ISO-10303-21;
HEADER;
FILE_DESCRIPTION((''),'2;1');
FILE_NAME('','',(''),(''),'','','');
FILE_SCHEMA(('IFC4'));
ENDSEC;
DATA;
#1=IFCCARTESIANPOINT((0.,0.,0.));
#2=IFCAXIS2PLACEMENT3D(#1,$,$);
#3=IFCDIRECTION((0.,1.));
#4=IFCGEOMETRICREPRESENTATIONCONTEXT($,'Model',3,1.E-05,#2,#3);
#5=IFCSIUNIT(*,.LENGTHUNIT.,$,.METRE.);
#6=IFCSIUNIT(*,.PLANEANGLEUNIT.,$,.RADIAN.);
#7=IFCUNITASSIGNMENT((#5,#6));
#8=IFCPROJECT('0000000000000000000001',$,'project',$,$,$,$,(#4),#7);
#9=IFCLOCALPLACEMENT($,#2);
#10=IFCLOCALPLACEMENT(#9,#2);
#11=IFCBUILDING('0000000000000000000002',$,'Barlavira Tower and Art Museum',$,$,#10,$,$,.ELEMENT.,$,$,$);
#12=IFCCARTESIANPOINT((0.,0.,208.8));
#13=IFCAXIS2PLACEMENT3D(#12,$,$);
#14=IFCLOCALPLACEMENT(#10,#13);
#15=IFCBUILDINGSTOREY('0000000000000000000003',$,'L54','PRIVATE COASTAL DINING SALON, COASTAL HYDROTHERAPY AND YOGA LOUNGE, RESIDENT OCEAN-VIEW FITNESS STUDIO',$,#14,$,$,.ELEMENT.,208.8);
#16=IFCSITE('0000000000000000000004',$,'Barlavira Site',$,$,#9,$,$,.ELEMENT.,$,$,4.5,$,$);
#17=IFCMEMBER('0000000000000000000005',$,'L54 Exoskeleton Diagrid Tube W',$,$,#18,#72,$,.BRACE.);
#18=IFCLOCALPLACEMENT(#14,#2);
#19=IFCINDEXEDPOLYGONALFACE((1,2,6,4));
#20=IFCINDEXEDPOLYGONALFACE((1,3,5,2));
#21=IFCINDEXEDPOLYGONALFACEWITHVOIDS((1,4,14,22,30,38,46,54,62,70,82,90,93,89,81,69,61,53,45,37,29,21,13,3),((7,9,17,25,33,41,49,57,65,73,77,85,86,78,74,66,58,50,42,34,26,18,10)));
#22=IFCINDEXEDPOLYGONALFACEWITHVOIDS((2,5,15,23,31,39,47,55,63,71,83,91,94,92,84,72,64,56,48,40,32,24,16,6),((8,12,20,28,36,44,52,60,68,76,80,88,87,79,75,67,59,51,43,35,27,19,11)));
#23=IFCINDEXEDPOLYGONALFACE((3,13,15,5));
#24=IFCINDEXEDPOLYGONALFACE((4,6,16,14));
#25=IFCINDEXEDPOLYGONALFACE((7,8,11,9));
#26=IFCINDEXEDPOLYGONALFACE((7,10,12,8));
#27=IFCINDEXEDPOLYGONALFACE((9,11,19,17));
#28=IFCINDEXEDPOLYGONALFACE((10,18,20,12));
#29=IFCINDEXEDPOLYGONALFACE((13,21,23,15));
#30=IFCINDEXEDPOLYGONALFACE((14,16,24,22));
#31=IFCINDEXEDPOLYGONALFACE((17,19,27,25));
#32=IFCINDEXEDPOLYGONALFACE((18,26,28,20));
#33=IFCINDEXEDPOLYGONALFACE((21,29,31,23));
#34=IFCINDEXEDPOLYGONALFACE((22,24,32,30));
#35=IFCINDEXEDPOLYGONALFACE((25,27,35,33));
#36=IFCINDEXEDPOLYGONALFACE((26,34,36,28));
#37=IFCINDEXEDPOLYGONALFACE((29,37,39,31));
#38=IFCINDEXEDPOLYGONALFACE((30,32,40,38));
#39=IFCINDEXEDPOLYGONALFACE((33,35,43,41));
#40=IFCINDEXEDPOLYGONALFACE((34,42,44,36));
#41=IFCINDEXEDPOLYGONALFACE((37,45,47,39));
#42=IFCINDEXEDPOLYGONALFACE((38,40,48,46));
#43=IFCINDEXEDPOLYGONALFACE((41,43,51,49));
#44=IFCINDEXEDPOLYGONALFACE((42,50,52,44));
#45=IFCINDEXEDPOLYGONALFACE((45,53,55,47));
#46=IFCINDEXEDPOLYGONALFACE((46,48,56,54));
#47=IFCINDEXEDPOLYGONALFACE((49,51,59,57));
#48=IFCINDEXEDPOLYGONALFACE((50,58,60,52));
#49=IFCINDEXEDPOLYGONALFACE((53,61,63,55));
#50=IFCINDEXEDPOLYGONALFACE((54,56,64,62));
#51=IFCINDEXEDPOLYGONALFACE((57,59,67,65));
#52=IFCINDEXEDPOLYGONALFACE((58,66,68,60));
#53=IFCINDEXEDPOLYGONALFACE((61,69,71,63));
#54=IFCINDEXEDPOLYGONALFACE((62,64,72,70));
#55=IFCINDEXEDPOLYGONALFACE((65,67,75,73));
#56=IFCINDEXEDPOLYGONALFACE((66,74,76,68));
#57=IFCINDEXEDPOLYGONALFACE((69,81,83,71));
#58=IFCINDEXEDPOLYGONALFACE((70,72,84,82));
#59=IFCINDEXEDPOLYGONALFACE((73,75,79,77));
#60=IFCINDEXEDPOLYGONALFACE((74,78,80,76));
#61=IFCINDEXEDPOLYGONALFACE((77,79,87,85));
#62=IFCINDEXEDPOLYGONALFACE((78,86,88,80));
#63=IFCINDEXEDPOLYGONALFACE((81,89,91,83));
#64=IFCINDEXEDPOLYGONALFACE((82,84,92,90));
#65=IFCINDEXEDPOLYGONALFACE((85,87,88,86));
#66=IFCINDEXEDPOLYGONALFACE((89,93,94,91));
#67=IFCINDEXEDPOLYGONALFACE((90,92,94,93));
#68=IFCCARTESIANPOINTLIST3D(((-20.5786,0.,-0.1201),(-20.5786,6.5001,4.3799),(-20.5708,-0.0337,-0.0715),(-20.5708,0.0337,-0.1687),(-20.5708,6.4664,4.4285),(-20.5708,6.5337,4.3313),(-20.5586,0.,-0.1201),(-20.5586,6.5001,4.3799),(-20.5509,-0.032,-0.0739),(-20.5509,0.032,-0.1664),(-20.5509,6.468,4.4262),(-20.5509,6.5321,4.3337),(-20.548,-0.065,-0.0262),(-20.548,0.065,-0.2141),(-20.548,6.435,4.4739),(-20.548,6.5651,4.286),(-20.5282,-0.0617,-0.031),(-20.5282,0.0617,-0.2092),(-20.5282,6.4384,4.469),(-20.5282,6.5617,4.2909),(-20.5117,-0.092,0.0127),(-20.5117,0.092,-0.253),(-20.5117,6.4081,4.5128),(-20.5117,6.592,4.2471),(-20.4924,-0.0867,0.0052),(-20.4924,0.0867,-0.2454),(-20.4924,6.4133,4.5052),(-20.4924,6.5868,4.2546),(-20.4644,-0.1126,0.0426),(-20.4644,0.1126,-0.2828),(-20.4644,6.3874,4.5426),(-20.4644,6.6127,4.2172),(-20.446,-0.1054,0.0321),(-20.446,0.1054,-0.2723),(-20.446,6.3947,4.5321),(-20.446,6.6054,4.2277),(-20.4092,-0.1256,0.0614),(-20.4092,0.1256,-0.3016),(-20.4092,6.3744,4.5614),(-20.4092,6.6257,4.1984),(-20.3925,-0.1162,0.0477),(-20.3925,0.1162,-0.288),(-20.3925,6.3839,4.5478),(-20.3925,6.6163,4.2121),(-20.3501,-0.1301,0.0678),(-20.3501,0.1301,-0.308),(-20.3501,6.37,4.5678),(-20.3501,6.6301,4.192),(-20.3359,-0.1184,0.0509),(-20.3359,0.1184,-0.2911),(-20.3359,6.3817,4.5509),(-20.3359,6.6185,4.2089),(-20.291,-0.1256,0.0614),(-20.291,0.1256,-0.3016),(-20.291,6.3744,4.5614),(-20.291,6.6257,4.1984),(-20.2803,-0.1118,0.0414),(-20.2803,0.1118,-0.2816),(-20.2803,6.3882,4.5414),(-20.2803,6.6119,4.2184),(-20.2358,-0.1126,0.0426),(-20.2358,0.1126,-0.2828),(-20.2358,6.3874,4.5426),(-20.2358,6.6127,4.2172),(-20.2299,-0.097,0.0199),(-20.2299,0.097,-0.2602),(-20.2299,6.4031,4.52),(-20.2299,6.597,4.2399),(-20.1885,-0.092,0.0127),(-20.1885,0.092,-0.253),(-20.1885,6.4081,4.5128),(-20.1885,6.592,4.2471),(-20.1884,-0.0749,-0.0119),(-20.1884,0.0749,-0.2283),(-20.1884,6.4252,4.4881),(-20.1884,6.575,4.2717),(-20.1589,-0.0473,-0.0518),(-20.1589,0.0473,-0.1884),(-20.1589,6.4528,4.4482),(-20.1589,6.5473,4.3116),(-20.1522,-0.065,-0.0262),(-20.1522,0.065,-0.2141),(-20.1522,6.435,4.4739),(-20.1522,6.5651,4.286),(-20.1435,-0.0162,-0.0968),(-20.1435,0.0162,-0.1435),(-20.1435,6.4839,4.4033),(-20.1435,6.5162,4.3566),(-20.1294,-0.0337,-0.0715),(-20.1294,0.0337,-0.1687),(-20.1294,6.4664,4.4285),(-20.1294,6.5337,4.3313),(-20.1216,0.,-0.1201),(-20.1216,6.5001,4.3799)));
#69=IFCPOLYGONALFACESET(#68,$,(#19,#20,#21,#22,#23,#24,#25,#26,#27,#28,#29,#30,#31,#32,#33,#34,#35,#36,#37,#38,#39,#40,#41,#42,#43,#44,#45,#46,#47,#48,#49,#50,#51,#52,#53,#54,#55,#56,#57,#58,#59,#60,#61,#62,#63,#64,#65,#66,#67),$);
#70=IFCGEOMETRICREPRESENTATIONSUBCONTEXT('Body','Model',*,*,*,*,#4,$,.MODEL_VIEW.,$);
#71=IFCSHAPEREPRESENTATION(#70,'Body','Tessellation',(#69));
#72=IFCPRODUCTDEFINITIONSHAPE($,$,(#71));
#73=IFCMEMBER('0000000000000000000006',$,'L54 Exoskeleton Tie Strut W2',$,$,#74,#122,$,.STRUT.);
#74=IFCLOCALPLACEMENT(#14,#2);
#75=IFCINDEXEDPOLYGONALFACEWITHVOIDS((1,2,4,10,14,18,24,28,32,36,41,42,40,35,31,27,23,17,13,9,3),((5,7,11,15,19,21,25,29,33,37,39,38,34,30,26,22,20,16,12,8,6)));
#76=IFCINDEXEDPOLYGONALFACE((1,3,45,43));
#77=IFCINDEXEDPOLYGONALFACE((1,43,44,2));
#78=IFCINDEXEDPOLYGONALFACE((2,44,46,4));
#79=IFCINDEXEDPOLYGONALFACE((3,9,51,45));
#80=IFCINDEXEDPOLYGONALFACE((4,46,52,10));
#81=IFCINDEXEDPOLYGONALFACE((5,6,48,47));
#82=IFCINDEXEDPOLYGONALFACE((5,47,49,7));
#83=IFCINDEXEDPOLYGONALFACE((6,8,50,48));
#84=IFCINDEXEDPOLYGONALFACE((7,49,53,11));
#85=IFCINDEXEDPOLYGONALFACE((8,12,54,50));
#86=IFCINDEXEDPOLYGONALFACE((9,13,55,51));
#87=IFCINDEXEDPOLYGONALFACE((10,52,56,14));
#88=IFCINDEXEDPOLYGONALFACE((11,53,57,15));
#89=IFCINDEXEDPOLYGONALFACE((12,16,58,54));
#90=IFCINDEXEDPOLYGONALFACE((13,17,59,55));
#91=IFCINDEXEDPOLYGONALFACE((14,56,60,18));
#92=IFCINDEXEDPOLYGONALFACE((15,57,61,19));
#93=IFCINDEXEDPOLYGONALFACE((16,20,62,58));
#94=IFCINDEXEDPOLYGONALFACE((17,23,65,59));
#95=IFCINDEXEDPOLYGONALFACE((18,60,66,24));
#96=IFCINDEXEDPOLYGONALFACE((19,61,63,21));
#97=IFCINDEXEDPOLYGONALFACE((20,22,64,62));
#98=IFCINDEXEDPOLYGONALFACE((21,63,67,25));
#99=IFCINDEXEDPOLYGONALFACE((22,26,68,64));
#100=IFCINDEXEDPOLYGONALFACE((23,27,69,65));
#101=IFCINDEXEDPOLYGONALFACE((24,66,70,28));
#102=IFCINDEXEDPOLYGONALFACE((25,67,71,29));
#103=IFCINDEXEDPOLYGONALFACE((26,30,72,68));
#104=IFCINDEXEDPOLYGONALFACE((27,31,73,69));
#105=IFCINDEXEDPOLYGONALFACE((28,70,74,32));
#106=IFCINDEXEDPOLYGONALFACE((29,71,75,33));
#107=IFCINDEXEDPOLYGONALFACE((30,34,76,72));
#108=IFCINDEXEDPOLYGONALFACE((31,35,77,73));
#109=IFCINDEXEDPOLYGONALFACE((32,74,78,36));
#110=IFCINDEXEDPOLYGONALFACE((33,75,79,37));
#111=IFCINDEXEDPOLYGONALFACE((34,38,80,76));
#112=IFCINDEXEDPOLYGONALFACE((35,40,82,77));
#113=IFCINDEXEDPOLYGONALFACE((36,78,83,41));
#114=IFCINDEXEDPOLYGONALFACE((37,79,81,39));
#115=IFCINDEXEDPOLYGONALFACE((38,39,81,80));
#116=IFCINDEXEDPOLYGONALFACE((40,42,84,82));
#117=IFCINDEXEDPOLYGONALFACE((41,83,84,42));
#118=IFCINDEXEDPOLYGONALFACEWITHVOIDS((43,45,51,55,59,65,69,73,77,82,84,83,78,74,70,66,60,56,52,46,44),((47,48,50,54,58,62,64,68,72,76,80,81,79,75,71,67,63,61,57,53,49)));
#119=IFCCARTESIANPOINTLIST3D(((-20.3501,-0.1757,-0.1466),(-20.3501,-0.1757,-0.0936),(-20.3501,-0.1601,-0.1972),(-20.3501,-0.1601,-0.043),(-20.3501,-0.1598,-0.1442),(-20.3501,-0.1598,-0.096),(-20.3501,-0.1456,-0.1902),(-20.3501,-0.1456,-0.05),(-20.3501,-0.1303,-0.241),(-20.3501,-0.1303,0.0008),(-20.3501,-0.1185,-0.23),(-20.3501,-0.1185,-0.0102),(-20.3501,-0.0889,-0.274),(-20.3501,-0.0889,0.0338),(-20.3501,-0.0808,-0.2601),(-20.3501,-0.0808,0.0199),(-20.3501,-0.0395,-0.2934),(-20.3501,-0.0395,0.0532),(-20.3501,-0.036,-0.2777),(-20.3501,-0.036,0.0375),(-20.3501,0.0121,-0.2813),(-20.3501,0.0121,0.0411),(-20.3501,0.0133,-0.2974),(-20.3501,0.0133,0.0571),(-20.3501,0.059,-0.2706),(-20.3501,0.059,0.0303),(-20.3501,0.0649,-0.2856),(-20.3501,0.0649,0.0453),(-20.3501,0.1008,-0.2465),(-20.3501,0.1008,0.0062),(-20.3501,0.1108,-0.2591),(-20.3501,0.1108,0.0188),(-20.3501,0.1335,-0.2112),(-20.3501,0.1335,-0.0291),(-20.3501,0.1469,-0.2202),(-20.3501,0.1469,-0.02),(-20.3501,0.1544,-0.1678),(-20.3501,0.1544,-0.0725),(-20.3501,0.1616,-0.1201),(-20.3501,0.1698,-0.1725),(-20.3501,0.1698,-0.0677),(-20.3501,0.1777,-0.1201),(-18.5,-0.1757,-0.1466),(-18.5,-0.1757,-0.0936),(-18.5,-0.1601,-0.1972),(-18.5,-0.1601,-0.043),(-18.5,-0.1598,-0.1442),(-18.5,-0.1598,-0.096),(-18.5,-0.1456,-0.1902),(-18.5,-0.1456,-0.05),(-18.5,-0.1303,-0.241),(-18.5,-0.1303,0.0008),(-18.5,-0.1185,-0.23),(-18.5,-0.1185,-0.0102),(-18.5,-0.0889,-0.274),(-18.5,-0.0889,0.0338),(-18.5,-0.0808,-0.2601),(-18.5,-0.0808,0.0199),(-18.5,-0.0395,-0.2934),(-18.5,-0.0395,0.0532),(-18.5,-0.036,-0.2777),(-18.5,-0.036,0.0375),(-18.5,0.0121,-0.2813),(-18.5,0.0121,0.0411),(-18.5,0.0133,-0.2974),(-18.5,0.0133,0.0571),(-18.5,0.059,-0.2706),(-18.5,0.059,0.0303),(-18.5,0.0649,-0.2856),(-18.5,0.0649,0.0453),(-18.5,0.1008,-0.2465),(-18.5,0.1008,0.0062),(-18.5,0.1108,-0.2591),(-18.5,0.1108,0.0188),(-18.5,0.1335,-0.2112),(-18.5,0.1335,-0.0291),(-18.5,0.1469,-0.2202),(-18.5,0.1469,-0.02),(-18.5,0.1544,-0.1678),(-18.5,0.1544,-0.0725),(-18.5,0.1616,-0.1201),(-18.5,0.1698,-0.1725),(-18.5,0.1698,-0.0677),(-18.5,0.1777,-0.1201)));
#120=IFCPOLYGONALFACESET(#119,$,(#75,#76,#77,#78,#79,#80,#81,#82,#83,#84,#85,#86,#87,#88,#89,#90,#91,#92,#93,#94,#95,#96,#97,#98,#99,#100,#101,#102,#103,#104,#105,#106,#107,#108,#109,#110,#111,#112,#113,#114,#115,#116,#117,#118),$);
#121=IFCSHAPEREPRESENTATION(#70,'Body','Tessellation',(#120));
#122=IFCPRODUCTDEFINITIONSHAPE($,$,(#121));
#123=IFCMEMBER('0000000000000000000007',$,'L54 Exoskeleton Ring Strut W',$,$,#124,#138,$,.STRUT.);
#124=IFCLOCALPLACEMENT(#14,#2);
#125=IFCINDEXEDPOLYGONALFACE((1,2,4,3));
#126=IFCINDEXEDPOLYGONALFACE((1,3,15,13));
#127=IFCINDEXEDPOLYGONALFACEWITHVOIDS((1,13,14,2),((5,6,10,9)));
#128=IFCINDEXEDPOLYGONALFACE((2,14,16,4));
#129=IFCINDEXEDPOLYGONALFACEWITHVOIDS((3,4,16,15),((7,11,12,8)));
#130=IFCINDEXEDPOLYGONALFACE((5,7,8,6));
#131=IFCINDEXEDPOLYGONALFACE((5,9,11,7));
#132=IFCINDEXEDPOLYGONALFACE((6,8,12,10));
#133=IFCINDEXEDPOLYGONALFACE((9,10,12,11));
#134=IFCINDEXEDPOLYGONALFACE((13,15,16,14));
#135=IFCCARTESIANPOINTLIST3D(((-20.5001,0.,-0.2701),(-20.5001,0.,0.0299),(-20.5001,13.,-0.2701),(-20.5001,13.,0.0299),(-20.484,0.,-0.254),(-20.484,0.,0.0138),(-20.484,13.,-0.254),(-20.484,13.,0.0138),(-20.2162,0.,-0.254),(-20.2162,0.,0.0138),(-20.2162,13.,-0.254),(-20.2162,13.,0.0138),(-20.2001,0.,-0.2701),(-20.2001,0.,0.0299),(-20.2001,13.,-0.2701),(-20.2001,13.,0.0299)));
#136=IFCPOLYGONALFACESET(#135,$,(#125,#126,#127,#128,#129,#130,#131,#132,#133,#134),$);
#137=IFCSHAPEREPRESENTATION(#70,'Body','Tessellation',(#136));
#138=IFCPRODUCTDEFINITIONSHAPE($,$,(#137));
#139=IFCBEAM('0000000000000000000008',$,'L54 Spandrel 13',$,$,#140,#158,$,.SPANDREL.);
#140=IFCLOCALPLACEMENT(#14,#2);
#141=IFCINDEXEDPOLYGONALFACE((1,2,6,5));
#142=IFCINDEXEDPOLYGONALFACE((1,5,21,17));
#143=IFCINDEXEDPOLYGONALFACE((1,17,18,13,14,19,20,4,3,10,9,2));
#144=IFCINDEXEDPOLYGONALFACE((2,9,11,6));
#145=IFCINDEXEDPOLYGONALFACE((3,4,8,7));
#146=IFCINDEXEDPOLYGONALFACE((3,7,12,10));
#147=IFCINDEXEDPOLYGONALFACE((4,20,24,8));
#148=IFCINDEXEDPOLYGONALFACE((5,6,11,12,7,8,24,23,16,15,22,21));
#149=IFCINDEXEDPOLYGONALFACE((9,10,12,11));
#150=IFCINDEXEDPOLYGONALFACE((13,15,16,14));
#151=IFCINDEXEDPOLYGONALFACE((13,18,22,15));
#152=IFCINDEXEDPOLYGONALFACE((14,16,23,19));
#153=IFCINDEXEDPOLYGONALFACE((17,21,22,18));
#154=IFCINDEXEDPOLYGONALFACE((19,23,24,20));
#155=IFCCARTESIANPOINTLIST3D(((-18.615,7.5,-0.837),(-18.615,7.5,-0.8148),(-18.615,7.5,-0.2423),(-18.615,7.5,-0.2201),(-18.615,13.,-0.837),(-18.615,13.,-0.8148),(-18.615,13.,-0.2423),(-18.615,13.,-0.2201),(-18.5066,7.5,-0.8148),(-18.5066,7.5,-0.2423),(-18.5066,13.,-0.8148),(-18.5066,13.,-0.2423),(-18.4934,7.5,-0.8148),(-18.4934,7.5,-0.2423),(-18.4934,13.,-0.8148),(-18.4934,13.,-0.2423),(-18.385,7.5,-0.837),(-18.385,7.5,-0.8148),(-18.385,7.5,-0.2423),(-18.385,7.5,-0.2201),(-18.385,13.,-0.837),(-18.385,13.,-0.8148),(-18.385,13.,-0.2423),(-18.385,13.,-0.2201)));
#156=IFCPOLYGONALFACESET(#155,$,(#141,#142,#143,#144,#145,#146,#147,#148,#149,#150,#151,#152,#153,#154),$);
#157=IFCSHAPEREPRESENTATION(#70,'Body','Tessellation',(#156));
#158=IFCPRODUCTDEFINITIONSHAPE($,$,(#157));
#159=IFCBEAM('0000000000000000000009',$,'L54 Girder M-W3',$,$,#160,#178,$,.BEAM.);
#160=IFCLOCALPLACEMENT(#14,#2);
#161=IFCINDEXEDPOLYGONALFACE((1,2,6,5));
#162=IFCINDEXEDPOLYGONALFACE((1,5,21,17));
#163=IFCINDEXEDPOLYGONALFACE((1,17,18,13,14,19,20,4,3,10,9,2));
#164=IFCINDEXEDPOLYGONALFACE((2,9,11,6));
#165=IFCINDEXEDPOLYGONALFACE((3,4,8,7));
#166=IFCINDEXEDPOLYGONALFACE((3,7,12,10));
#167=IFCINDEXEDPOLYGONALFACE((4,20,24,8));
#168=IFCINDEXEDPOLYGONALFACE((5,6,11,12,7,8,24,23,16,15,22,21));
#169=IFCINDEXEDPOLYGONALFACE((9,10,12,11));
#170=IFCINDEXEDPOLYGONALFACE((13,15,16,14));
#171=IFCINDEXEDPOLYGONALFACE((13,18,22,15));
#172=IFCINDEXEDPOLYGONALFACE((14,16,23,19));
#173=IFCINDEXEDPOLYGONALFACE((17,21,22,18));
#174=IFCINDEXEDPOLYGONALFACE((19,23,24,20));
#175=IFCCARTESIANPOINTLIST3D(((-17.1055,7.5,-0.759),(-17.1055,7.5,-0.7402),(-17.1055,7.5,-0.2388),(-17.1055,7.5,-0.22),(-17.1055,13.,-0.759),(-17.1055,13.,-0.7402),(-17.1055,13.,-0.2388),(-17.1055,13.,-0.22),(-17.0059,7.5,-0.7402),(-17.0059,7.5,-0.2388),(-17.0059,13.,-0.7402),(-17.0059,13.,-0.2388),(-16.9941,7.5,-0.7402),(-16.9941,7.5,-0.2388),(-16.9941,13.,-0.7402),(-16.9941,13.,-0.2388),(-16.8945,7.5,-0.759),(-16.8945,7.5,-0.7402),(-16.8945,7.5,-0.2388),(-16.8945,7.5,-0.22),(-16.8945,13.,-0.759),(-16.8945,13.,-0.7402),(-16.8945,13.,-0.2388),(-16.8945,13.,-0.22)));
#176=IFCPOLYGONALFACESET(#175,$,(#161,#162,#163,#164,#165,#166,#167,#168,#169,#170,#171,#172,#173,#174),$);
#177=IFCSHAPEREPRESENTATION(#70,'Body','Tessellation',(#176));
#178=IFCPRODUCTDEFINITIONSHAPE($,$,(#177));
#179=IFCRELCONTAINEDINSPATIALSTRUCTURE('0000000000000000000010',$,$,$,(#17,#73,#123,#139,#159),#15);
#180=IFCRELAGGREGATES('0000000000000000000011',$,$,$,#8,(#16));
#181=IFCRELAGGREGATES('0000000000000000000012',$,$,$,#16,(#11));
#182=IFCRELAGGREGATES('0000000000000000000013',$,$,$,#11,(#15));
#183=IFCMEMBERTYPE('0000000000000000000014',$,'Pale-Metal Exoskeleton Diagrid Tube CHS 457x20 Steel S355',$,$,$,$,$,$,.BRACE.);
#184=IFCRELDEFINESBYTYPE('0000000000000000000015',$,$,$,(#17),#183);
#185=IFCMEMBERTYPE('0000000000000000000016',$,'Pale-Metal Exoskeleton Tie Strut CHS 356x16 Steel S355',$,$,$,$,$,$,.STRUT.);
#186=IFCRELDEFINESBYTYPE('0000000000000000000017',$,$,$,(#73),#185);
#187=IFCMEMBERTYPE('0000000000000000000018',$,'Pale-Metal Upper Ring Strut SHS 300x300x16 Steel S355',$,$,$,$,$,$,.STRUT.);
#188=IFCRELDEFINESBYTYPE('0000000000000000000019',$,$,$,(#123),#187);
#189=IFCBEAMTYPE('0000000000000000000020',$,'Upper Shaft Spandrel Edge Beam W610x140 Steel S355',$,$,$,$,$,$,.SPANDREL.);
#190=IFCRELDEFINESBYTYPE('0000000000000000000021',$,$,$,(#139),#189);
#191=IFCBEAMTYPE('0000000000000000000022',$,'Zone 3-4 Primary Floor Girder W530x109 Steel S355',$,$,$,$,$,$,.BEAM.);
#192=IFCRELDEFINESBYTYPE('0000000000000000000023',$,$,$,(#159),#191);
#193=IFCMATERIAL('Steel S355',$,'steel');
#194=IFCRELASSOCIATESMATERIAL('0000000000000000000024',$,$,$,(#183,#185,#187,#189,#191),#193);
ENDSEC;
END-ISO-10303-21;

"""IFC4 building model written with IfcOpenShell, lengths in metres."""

from ifc_helpers import new_model, si_unit, direction, frame, origin, origin_2d, place, context, subcontext, project, spatial, hollow_rectangle, hollow_circle, i_section, extrude, material, material_profile, profile_set, type_object, element, save


model = new_model("IFC4")

# Units and contexts
model_context = context("Model", 3, precision=1e-05, world=origin(), true_north=direction((0.0, 1.0)))
body_context = subcontext(model_context, "Body", "Model", "MODEL_VIEW")
ifc_project = project(units=[si_unit("LENGTHUNIT", "METRE"), si_unit("PLANEANGLEUNIT", "RADIAN")], contexts=[model_context])

# Site, building, storey
site_placement = place(None, origin())
site = spatial("IfcSite", under=ifc_project, at=site_placement, Name="Barlavira Site", CompositionType="ELEMENT", RefElevation=4.5)
building_placement = place(site_placement, origin())
building = spatial("IfcBuilding", under=site, at=building_placement, Name="Barlavira Tower and Art Museum", CompositionType="ELEMENT")
storey_placement = place(building_placement, frame((0.0, 0.0, 208.8)))
storey = spatial("IfcBuildingStorey", under=building, at=storey_placement, Name="L54", Description="PRIVATE COASTAL DINING SALON, COASTAL HYDROTHERAPY AND YOGA LOUNGE, RESIDENT OCEAN-VIEW FITNESS STUDIO", CompositionType="ELEMENT", Elevation=208.8)

# Members
ifc_material_1 = material(Name="Steel S355", Category="steel")
ifc_material_profile_1 = material_profile(ifc_material_1, hollow_circle(Radius=0.2285, WallThickness=0.02, at=origin_2d()), Name="CHS 457.0x20.0")
ifc_profile_set_1 = profile_set([ifc_material_profile_1], Name="Steel S355")
member_type_1 = type_object("IfcMemberType", Name="Pale-Metal Exoskeleton Diagrid Tube CHS 457x20 Steel S355", PredefinedType="BRACE", material=ifc_profile_set_1)
member_1_placement = place(storey_placement, frame((-20.3501, 0.0, -0.1201), z_axis=(0.0, 0.822192, 0.56921), x_axis=(-1.0, 0.0, 0.0)))
element("IfcMember", 1, at=member_1_placement, inside=storey, type_object=member_type_1, Name="L54 Exoskeleton Diagrid Tube W", PredefinedType="BRACE", context=body_context, shape_type="SweptSolid", body=[
    extrude(hollow_circle(Radius=0.2285, WallThickness=0.02, at=origin_2d()), origin(), (0.0, 0.0, 1.0), 7.9058),
])
ifc_material_profile_2 = material_profile(ifc_material_1, hollow_circle(Radius=0.1777, WallThickness=0.0161, at=origin_2d()), Name="CHS 355.6x16.0")
ifc_profile_set_2 = profile_set([ifc_material_profile_2], Name="Steel S355")
member_type_2 = type_object("IfcMemberType", Name="Pale-Metal Exoskeleton Tie Strut CHS 356x16 Steel S355", PredefinedType="STRUT", material=ifc_profile_set_2)
member_2_placement = place(storey_placement, frame((-20.3501, 0.0, -0.1201), z_axis=(1.0, 0.0, 0.0), x_axis=(0.0, 1.0, 0.0)))
element("IfcMember", 2, at=member_2_placement, inside=storey, type_object=member_type_2, Name="L54 Exoskeleton Tie Strut W2", PredefinedType="STRUT", context=body_context, shape_type="SweptSolid", body=[
    extrude(hollow_circle(Radius=0.1777, WallThickness=0.0161, at=origin_2d()), origin(), (0.0, 0.0, 1.0), 1.8501),
])
ifc_material_profile_3 = material_profile(ifc_material_1, hollow_rectangle(XDim=0.3, YDim=0.3, WallThickness=0.0161, at=origin_2d()), Name="SHS 300x300x16.0")
ifc_profile_set_3 = profile_set([ifc_material_profile_3], Name="Steel S355")
member_type_3 = type_object("IfcMemberType", Name="Pale-Metal Upper Ring Strut SHS 300x300x16 Steel S355", PredefinedType="STRUT", material=ifc_profile_set_3)
member_3_placement = place(storey_placement, frame((-20.3501, 0.0, -0.1201), z_axis=(0.0, 1.0, 0.0), x_axis=(-1.0, 0.0, 0.0)))
element("IfcMember", 3, at=member_3_placement, inside=storey, type_object=member_type_3, Name="L54 Exoskeleton Ring Strut W", PredefinedType="STRUT", context=body_context, shape_type="SweptSolid", body=[
    extrude(hollow_rectangle(XDim=0.3, YDim=0.3, WallThickness=0.0161, at=origin_2d()), origin(), (0.0, 0.0, 1.0), 13.0),
])

# Beams
ifc_material_profile_4 = material_profile(ifc_material_1, i_section(OverallWidth=0.23, OverallDepth=0.6169, WebThickness=0.0132, FlangeThickness=0.0222, at=origin_2d()), Name="W610x140.0")
ifc_profile_set_4 = profile_set([ifc_material_profile_4], Name="Steel S355")
beam_type_1 = type_object("IfcBeamType", Name="Upper Shaft Spandrel Edge Beam W610x140 Steel S355", PredefinedType="SPANDREL", material=ifc_profile_set_4)
beam_1_placement = place(storey_placement, frame((-18.5, 7.5, -0.5286), z_axis=(0.0, 1.0, 0.0), x_axis=(-1.0, 0.0, 0.0)))
element("IfcBeam", 4, at=beam_1_placement, inside=storey, type_object=beam_type_1, Name="L54 Spandrel 13", PredefinedType="SPANDREL", context=body_context, shape_type="SweptSolid", body=[
    extrude(i_section(OverallWidth=0.23, OverallDepth=0.6169, WebThickness=0.0132, FlangeThickness=0.0222, at=origin_2d()), origin(), (0.0, 0.0, 1.0), 5.5),
])
ifc_material_profile_5 = material_profile(ifc_material_1, i_section(OverallWidth=0.2109, OverallDepth=0.5391, WebThickness=0.0117, FlangeThickness=0.0188, at=origin_2d()), Name="W530x109.0")
ifc_profile_set_5 = profile_set([ifc_material_profile_5], Name="Steel S355")
beam_type_2 = type_object("IfcBeamType", Name="Zone 3-4 Primary Floor Girder W530x109 Steel S355", PredefinedType="BEAM", material=ifc_profile_set_5)
beam_2_placement = place(storey_placement, frame((-17.0, 7.5, -0.4895), z_axis=(0.0, 1.0, 0.0), x_axis=(-1.0, 0.0, 0.0)))
element("IfcBeam", 5, at=beam_2_placement, inside=storey, type_object=beam_type_2, Name="L54 Girder M-W3", PredefinedType="BEAM", context=body_context, shape_type="SweptSolid", body=[
    extrude(i_section(OverallWidth=0.2109, OverallDepth=0.5391, WebThickness=0.0117, FlangeThickness=0.0188, at=origin_2d()), origin(), (0.0, 0.0, 1.0), 5.5),
])

save(model, "model.ifc")
